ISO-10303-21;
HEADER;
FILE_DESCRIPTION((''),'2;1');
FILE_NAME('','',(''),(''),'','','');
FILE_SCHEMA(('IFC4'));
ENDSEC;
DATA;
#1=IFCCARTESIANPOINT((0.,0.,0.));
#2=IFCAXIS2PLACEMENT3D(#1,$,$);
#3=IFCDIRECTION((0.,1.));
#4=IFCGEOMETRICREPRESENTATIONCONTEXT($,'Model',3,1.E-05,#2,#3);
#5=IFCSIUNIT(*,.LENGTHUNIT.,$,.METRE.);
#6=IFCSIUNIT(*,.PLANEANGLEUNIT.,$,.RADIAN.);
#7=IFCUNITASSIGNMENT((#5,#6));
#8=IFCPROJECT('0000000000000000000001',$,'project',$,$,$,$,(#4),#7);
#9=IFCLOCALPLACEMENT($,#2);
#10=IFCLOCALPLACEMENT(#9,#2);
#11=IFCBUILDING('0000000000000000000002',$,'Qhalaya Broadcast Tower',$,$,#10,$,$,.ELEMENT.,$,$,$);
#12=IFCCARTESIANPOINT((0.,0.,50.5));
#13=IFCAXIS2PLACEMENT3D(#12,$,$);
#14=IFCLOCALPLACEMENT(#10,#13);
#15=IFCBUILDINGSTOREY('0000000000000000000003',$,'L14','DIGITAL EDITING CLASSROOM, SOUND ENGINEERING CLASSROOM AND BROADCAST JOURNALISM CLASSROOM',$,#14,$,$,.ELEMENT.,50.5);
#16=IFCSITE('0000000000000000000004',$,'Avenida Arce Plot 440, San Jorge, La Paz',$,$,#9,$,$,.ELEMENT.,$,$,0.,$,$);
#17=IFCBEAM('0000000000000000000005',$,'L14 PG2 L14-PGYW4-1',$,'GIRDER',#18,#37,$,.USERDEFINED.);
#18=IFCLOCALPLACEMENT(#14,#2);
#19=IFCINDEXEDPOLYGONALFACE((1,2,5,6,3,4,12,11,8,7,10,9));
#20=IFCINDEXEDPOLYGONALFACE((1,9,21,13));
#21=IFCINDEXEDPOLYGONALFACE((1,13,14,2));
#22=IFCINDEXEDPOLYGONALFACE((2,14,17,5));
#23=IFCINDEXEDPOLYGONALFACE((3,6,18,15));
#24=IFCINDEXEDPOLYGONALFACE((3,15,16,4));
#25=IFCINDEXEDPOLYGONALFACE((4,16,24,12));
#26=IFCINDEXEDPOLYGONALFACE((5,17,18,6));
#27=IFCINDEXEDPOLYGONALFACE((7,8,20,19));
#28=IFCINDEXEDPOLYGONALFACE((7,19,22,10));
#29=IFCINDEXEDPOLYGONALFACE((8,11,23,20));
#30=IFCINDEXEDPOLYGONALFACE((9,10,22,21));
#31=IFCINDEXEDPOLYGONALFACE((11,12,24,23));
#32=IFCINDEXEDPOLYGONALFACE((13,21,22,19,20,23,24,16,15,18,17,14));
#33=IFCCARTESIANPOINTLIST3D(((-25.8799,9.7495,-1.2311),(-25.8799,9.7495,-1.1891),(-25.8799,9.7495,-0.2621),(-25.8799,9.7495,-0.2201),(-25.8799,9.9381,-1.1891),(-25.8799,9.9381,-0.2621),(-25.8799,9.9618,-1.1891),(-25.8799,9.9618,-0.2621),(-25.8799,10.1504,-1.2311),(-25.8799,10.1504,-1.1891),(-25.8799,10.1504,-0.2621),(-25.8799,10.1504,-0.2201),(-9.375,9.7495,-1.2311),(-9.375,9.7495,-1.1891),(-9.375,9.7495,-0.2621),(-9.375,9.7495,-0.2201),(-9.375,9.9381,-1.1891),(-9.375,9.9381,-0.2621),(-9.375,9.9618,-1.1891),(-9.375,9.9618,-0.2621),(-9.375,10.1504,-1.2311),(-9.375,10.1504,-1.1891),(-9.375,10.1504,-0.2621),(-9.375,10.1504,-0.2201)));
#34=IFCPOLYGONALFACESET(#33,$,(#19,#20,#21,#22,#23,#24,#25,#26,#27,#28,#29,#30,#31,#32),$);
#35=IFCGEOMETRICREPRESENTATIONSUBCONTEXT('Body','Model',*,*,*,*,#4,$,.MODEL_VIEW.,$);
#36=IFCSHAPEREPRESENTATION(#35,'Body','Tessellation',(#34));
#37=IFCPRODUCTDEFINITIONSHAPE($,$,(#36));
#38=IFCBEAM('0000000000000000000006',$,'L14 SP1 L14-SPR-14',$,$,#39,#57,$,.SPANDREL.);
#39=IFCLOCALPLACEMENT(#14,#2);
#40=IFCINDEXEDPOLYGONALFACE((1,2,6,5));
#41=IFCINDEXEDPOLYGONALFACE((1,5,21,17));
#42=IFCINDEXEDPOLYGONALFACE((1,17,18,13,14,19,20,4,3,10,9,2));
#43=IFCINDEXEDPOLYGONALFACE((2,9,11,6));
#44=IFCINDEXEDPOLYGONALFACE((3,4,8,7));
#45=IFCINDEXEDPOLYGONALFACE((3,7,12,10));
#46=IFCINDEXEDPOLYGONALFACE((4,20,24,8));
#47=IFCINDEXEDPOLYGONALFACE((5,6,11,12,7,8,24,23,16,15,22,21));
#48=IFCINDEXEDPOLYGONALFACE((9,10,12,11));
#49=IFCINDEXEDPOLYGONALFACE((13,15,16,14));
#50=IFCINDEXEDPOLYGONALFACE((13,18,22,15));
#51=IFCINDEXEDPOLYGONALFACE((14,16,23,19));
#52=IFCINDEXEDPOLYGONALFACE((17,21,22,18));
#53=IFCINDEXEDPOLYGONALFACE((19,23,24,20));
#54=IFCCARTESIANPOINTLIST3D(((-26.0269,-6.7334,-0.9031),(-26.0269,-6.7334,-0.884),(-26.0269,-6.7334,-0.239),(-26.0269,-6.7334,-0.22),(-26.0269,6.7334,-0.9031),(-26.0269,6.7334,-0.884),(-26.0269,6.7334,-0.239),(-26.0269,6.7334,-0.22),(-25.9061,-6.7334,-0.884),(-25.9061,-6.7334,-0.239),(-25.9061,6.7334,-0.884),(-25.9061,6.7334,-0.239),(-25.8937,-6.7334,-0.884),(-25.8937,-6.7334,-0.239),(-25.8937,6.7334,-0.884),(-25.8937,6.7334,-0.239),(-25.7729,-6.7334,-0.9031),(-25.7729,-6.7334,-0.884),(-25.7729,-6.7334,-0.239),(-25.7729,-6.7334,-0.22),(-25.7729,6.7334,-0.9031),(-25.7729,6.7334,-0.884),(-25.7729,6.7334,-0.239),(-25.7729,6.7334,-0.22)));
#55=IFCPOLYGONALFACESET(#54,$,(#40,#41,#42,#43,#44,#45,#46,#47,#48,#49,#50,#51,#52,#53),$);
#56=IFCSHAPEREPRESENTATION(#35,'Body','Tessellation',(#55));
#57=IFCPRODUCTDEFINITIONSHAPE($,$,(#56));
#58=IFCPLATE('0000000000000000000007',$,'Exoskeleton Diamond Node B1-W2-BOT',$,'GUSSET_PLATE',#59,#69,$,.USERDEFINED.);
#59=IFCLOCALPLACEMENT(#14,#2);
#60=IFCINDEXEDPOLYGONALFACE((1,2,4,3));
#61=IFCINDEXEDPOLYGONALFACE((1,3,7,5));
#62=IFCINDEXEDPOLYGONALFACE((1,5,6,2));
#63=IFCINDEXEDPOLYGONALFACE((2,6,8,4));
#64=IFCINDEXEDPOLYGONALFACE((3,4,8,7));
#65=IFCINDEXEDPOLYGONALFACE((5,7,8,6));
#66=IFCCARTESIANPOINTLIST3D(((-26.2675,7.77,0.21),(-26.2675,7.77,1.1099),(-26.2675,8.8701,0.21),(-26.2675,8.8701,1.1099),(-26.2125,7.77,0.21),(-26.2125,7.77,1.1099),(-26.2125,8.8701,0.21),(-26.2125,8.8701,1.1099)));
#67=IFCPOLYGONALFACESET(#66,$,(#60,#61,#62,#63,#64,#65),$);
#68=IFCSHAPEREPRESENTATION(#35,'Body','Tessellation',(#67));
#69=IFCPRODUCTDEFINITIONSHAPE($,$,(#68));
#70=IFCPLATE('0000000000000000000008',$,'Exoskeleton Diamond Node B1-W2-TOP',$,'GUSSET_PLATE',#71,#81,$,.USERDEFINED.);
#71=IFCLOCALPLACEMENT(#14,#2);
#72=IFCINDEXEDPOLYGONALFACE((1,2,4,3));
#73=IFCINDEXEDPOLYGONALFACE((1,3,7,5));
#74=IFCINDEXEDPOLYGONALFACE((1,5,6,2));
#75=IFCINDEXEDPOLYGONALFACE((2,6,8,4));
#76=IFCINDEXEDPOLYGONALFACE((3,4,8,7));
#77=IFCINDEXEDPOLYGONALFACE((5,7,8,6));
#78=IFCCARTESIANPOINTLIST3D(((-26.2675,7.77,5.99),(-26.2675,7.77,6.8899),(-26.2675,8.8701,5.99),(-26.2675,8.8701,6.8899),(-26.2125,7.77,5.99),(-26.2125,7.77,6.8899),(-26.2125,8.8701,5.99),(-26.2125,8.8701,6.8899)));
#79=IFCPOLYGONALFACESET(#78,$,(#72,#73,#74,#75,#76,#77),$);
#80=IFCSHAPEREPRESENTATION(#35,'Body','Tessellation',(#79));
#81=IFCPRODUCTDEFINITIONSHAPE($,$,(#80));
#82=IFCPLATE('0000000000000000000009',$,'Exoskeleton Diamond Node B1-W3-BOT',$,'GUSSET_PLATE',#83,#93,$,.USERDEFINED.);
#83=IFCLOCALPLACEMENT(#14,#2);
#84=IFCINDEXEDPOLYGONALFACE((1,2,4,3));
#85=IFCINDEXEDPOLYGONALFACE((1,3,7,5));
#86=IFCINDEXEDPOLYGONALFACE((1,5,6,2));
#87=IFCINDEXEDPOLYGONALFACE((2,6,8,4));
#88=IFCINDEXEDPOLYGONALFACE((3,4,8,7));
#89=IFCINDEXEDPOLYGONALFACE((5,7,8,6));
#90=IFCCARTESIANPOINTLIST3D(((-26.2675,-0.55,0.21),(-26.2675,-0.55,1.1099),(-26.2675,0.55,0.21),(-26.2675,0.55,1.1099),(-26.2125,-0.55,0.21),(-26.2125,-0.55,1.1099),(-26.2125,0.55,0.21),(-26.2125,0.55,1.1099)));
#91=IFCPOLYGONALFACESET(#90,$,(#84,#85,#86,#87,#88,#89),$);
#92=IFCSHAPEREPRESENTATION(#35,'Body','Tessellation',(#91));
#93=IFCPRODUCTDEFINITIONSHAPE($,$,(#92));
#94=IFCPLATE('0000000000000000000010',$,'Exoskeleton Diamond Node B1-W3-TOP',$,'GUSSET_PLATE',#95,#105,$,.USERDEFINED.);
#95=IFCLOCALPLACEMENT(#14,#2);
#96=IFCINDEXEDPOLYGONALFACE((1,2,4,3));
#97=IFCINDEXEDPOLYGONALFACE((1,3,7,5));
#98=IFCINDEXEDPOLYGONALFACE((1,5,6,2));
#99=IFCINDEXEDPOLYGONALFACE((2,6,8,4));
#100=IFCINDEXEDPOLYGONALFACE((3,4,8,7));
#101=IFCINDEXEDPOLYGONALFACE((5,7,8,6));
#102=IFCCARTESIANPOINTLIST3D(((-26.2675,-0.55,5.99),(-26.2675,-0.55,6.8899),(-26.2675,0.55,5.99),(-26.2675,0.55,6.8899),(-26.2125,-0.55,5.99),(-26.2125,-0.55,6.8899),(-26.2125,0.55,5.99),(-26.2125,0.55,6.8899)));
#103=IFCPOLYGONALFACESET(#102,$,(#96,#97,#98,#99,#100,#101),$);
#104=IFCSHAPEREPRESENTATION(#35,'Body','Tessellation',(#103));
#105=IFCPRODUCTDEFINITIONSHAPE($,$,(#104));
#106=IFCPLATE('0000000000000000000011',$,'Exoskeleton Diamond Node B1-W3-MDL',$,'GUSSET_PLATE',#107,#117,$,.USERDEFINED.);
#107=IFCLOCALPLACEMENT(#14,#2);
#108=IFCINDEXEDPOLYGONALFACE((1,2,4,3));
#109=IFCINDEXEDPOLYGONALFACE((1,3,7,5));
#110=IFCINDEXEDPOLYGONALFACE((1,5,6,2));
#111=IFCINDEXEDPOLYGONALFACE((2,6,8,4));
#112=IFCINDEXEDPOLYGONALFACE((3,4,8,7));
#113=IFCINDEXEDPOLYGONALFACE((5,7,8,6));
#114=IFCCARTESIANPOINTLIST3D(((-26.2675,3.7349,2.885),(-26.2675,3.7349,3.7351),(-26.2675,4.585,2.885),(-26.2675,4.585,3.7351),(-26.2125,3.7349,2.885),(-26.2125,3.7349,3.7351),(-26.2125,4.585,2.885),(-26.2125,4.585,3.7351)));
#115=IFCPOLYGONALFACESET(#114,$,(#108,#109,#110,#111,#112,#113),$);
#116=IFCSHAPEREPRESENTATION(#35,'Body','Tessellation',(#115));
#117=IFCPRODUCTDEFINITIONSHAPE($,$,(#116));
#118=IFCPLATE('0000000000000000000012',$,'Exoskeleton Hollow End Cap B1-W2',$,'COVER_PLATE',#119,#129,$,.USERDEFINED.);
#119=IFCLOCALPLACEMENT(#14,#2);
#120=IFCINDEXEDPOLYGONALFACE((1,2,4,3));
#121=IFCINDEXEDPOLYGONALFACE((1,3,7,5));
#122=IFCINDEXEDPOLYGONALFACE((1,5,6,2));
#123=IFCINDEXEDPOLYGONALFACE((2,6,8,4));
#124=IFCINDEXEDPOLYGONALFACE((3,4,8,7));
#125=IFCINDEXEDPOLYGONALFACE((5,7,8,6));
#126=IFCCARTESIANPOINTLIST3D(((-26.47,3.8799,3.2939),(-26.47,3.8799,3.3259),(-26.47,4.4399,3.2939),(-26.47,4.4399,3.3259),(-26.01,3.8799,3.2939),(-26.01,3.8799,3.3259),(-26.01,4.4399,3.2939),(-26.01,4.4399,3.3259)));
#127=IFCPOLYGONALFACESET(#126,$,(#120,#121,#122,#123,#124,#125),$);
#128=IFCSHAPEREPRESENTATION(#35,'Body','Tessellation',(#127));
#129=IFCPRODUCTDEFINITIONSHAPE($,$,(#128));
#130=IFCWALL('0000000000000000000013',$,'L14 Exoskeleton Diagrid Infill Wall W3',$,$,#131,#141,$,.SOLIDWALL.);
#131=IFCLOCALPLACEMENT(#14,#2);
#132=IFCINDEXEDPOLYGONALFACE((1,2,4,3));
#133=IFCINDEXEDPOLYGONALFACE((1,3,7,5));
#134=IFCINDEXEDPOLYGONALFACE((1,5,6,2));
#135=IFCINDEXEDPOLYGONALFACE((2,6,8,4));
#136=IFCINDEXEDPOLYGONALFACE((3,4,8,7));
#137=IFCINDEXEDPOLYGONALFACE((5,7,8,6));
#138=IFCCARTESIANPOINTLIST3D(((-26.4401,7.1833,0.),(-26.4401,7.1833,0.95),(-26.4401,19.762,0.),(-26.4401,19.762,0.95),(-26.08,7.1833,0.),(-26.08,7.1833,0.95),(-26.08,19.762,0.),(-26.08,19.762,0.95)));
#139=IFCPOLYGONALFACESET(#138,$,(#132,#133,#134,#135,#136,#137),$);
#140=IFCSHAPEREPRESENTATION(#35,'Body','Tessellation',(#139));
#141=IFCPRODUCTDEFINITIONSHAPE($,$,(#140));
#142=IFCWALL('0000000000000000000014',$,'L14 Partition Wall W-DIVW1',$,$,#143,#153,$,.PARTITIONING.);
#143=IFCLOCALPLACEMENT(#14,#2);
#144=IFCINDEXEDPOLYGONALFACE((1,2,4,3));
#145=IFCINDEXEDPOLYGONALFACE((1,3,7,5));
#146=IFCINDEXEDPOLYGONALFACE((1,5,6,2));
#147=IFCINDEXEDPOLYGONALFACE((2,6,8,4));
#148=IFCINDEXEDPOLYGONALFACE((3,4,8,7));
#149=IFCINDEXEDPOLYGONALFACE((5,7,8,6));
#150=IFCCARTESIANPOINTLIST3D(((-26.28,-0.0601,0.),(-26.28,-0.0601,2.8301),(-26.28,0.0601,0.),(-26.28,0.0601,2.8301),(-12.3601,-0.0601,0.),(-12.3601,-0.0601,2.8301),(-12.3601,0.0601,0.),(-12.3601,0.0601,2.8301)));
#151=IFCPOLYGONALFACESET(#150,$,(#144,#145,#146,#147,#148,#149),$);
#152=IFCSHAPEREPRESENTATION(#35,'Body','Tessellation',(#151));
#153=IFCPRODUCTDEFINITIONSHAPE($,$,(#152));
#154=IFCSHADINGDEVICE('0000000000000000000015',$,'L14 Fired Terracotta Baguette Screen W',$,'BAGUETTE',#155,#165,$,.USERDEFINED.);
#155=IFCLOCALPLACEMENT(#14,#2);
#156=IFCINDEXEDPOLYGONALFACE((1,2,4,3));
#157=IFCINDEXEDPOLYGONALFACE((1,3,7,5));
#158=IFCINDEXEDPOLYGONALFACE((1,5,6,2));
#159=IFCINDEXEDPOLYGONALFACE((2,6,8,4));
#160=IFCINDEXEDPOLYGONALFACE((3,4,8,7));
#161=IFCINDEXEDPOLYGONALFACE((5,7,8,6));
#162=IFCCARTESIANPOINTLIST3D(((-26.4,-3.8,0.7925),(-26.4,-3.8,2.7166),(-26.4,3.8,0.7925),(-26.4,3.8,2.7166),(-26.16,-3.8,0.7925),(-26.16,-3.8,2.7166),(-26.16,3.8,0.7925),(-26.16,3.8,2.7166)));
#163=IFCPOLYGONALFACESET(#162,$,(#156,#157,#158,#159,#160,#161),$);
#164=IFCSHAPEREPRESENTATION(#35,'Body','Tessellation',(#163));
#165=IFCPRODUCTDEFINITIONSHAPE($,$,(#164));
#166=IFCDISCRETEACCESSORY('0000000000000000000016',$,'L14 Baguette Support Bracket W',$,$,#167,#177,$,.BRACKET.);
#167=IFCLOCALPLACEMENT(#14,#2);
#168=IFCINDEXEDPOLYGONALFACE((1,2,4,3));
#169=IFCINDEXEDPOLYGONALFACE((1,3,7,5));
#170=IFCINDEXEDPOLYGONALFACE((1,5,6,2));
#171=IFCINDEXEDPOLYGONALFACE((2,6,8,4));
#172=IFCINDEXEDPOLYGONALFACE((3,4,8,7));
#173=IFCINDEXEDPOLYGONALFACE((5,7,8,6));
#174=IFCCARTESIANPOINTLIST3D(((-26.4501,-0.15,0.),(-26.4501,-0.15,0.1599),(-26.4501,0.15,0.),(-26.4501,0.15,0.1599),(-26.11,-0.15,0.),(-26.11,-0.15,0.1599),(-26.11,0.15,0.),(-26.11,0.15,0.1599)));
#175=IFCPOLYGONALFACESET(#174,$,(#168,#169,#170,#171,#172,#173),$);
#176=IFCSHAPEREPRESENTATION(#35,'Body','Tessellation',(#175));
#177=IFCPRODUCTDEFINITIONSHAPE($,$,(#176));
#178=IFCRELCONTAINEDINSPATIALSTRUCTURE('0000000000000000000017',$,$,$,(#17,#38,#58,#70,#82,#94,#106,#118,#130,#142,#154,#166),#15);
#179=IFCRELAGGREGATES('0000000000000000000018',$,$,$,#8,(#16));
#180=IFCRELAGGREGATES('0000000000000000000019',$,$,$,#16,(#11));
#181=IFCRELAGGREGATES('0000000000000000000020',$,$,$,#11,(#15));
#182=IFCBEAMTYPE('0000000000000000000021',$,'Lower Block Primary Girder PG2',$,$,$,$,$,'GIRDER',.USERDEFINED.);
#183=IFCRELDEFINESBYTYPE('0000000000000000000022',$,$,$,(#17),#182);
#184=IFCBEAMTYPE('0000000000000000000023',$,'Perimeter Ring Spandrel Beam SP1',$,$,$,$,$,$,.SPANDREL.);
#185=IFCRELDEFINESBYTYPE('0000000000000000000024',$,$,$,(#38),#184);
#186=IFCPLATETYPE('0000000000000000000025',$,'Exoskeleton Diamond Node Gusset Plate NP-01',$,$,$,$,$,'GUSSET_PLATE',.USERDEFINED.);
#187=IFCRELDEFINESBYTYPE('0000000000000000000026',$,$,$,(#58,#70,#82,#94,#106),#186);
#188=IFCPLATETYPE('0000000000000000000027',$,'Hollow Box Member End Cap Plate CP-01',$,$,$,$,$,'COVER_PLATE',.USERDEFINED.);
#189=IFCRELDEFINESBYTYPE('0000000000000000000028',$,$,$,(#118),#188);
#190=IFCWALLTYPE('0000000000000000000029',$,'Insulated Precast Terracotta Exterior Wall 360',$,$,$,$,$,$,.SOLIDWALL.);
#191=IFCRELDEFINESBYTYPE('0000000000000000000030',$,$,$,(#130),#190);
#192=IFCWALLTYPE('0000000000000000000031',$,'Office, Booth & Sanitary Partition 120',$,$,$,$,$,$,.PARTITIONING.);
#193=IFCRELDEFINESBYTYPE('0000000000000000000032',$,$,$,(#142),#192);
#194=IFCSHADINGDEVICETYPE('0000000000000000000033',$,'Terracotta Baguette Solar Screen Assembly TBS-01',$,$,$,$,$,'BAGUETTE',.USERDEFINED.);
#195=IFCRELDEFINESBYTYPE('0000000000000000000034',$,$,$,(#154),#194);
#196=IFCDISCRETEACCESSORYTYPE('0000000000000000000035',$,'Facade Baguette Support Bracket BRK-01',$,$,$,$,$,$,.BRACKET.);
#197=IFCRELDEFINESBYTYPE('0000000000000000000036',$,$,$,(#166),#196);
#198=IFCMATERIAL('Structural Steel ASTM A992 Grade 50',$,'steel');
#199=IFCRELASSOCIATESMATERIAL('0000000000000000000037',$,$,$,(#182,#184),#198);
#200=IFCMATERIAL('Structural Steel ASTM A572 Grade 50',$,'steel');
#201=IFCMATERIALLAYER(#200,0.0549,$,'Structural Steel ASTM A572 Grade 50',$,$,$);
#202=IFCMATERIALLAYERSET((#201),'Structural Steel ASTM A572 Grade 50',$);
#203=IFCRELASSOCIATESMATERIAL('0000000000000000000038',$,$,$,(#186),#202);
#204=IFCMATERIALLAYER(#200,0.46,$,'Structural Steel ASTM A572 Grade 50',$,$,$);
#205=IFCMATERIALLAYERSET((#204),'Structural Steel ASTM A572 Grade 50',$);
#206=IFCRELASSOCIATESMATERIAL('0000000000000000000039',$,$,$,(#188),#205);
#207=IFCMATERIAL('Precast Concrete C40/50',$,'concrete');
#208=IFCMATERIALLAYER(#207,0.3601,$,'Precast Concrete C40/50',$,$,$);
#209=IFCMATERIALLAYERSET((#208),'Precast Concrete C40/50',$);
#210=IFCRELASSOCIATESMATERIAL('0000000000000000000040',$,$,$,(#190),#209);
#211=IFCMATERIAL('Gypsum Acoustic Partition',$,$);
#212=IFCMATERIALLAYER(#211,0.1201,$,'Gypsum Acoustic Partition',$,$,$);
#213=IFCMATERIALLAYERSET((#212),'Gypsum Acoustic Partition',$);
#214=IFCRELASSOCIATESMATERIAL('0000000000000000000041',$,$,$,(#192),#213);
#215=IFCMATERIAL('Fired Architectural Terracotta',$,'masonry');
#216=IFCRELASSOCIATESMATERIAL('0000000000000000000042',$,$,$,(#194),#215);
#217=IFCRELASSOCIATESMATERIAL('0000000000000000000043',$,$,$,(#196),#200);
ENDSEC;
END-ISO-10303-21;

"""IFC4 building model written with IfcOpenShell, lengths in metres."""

from ifc_helpers import new_model, si_unit, direction, frame, frame_2d, origin, origin_2d, place, context, subcontext, project, spatial, rectangle, i_section, extrude, material, layer, layer_set, material_profile, profile_set, type_object, element, save


model = new_model("IFC4")

# Units and contexts
model_context = context("Model", 3, precision=1e-05, world=origin(), true_north=direction((0.0, 1.0)))
body_context = subcontext(model_context, "Body", "Model", "MODEL_VIEW")
ifc_project = project(units=[si_unit("LENGTHUNIT", "METRE"), si_unit("PLANEANGLEUNIT", "RADIAN")], contexts=[model_context])

# Site, building, storey
site_placement = place(None, origin())
site = spatial("IfcSite", under=ifc_project, at=site_placement, Name="Avenida Arce Plot 440, San Jorge, La Paz", CompositionType="ELEMENT", RefElevation=0.0)
building_placement = place(site_placement, origin())
building = spatial("IfcBuilding", under=site, at=building_placement, Name="Qhalaya Broadcast Tower", CompositionType="ELEMENT")
storey_placement = place(building_placement, frame((0.0, 0.0, 50.5)))
storey = spatial("IfcBuildingStorey", under=building, at=storey_placement, Name="L14", Description="DIGITAL EDITING CLASSROOM, SOUND ENGINEERING CLASSROOM AND BROADCAST JOURNALISM CLASSROOM", CompositionType="ELEMENT", Elevation=50.5)

# Shared definitions
ifc_material_1 = material(Name="Structural Steel ASTM A572 Grade 50", Category="steel")

# Shared definitions
ifc_material_2 = material(Name="Structural Steel ASTM A992 Grade 50", Category="steel")

# Beams
ifc_material_profile_1 = material_profile(ifc_material_2, i_section(OverallWidth=0.4009, OverallDepth=1.011, WebThickness=0.0237, FlangeThickness=0.042, at=origin_2d()), Name="W40X297")
ifc_profile_set_1 = profile_set([ifc_material_profile_1], Name="Structural Steel ASTM A992 Grade 50")
beam_type_1 = type_object("IfcBeamType", Name="Lower Block Primary Girder PG2", ElementType="GIRDER", PredefinedType="USERDEFINED", material=ifc_profile_set_1)
for number, where, z_axis, x_axis, name in (
    (1, (-25.8799, 9.95, -0.7256), (1.0, 0.0, 0.0), (0.0, 1.0, 0.0), "L14 PG2 L14-PGYW4-1"),
):
    element("IfcBeam", number, at=place(storey_placement, frame(where, z_axis=z_axis, x_axis=x_axis)), inside=storey, type_object=beam_type_1, Name=name, ObjectType="GIRDER", PredefinedType="USERDEFINED", context=body_context, shape_type="SweptSolid", body=[
        extrude(i_section(OverallWidth=0.4009, OverallDepth=1.011, WebThickness=0.0237, FlangeThickness=0.042, at=origin_2d()), origin(), (0.0, 0.0, 1.0), 16.5049),
    ])
ifc_material_profile_2 = material_profile(ifc_material_2, i_section(OverallWidth=0.2539, OverallDepth=0.6831, WebThickness=0.0125, FlangeThickness=0.019, at=origin_2d()), Name="W27X94")
ifc_profile_set_2 = profile_set([ifc_material_profile_2], Name="Structural Steel ASTM A992 Grade 50")
beam_type_2 = type_object("IfcBeamType", Name="Perimeter Ring Spandrel Beam SP1", PredefinedType="SPANDREL", material=ifc_profile_set_2)
beam_placement = place(storey_placement, frame((-25.8999, 6.7334, -0.5615), z_axis=(0.0, -1.0, 0.0), x_axis=(1.0, 0.0, 0.0)))
element("IfcBeam", 2, at=beam_placement, inside=storey, type_object=beam_type_2, Name="L14 SP1 L14-SPR-14", PredefinedType="SPANDREL", context=body_context, shape_type="SweptSolid", body=[
    extrude(i_section(OverallWidth=0.2539, OverallDepth=0.6831, WebThickness=0.0125, FlangeThickness=0.019, at=origin_2d()), origin(), (0.0, 0.0, 1.0), 13.4668),
])

# Plates
ifc_layer_1 = layer(ifc_material_1, 0.0549, Name="Structural Steel ASTM A572 Grade 50")
ifc_layer_set_1 = layer_set([ifc_layer_1], Name="Structural Steel ASTM A572 Grade 50")
plate_type_1 = type_object("IfcPlateType", Name="Exoskeleton Diamond Node Gusset Plate NP-01", ElementType="GUSSET_PLATE", PredefinedType="USERDEFINED", material=ifc_layer_set_1)
for number, where, z_axis, x_axis, name in (
    (3, (-26.24, 8.3201, 0.21), (0.0, 0.0, 1.0), (0.0, 1.0, 0.0), "Exoskeleton Diamond Node B1-W2-BOT"),
    (4, (-26.24, 8.3201, 5.99), (0.0, 0.0, 1.0), (0.0, 1.0, 0.0), "Exoskeleton Diamond Node B1-W2-TOP"),
    (5, (-26.24, 0.0, 0.21), (0.0, 0.0, 1.0), (0.0, 1.0, 0.0), "Exoskeleton Diamond Node B1-W3-BOT"),
    (6, (-26.24, 0.0, 5.99), (0.0, 0.0, 1.0), (0.0, 1.0, 0.0), "Exoskeleton Diamond Node B1-W3-TOP"),
):
    element("IfcPlate", number, at=place(storey_placement, frame(where, z_axis=z_axis, x_axis=x_axis)), inside=storey, type_object=plate_type_1, Name=name, ObjectType="GUSSET_PLATE", PredefinedType="USERDEFINED", context=body_context, shape_type="SweptSolid", body=[
        extrude(rectangle(XDim=1.1001, YDim=0.0549, at=origin_2d()), origin(), (0.0, 0.0, 1.0), 0.8999),
    ])
plate_1_placement = place(storey_placement, frame((-26.24, 4.1599, 2.885), z_axis=(0.0, 0.0, 1.0), x_axis=(0.0, 1.0, 0.0)))
element("IfcPlate", 7, at=plate_1_placement, inside=storey, type_object=plate_type_1, Name="Exoskeleton Diamond Node B1-W3-MDL", ObjectType="GUSSET_PLATE", PredefinedType="USERDEFINED", context=body_context, shape_type="SweptSolid", body=[
    extrude(rectangle(XDim=0.8501, YDim=0.0549, at=origin_2d()), origin(), (0.0, 0.0, 1.0), 0.8501),
])
ifc_layer_2 = layer(ifc_material_1, 0.46, Name="Structural Steel ASTM A572 Grade 50")
ifc_layer_set_2 = layer_set([ifc_layer_2], Name="Structural Steel ASTM A572 Grade 50")
plate_type_2 = type_object("IfcPlateType", Name="Hollow Box Member End Cap Plate CP-01", ElementType="COVER_PLATE", PredefinedType="USERDEFINED", material=ifc_layer_set_2)
plate_2_placement = place(storey_placement, frame((-26.24, 4.1599, 3.2939), z_axis=(0.0, 0.0, 1.0), x_axis=(0.0, 1.0, 0.0)))
element("IfcPlate", 8, at=plate_2_placement, inside=storey, type_object=plate_type_2, Name="Exoskeleton Hollow End Cap B1-W2", ObjectType="COVER_PLATE", PredefinedType="USERDEFINED", context=body_context, shape_type="SweptSolid", body=[
    extrude(rectangle(XDim=0.5601, YDim=0.46, at=origin_2d()), origin(), (0.0, 0.0, 1.0), 0.032),
])

# Walls
ifc_material_3 = material(Name="Precast Concrete C40/50", Category="concrete")
ifc_layer_3 = layer(ifc_material_3, 0.3601, Name="Precast Concrete C40/50")
ifc_layer_set_3 = layer_set([ifc_layer_3], Name="Precast Concrete C40/50")
wall_type_1 = type_object("IfcWallType", Name="Insulated Precast Terracotta Exterior Wall 360", PredefinedType="SOLIDWALL", material=ifc_layer_set_3)
wall_1_placement = place(storey_placement, frame((-26.26, 7.1833, 0.0), z_axis=(0.0, 0.0, 1.0), x_axis=(0.0, 1.0, 0.0)))
element("IfcWall", 9, at=wall_1_placement, inside=storey, type_object=wall_type_1, Name="L14 Exoskeleton Diagrid Infill Wall W3", PredefinedType="SOLIDWALL", context=body_context, shape_type="SweptSolid", body=[
    extrude(rectangle(XDim=12.5786, YDim=0.3601, at=frame_2d((6.2893, 0.0))), origin(), (0.0, 0.0, 1.0), 0.95),
])
ifc_material_4 = material(Name="Gypsum Acoustic Partition")
ifc_layer_4 = layer(ifc_material_4, 0.1201, Name="Gypsum Acoustic Partition")
ifc_layer_set_4 = layer_set([ifc_layer_4], Name="Gypsum Acoustic Partition")
wall_type_2 = type_object("IfcWallType", Name="Office, Booth & Sanitary Partition 120", PredefinedType="PARTITIONING", material=ifc_layer_set_4)
wall_2_placement = place(storey_placement, frame((-26.28, 0.0, 0.0), z_axis=(0.0, 0.0, 1.0), x_axis=(1.0, 0.0, 0.0)))
element("IfcWall", 10, at=wall_2_placement, inside=storey, type_object=wall_type_2, Name="L14 Partition Wall W-DIVW1", PredefinedType="PARTITIONING", context=body_context, shape_type="SweptSolid", body=[
    extrude(rectangle(XDim=13.9199, YDim=0.1201, at=frame_2d((6.96, 0.0))), origin(), (0.0, 0.0, 1.0), 2.8301),
])

# Shading device
ifc_material_5 = material(Name="Fired Architectural Terracotta", Category="masonry")
shading_device_type = type_object("IfcShadingDeviceType", Name="Terracotta Baguette Solar Screen Assembly TBS-01", ElementType="BAGUETTE", PredefinedType="USERDEFINED", material=ifc_material_5)
shading_device_placement = place(storey_placement, frame((-26.28, 0.0, 0.7925), z_axis=(0.0, 0.0, 1.0), x_axis=(0.0, -1.0, 0.0)))
element("IfcShadingDevice", 11, at=shading_device_placement, inside=storey, type_object=shading_device_type, Name="L14 Fired Terracotta Baguette Screen W", ObjectType="BAGUETTE", PredefinedType="USERDEFINED", context=body_context, shape_type="SweptSolid", body=[
    extrude(rectangle(XDim=7.6001, YDim=0.24, at=origin_2d()), origin(), (0.0, 0.0, 1.0), 1.9241),
])

# Discrete accessory
discrete_accessory_type = type_object("IfcDiscreteAccessoryType", Name="Facade Baguette Support Bracket BRK-01", PredefinedType="BRACKET", material=ifc_material_1)
discrete_accessory_placement = place(storey_placement, frame((-26.28, 0.0, 0.0), z_axis=(0.0, 0.0, 1.0), x_axis=(0.0, -1.0, 0.0)))
element("IfcDiscreteAccessory", 12, at=discrete_accessory_placement, inside=storey, type_object=discrete_accessory_type, Name="L14 Baguette Support Bracket W", PredefinedType="BRACKET", context=body_context, shape_type="SweptSolid", body=[
    extrude(rectangle(XDim=0.3, YDim=0.3401, at=origin_2d()), origin(), (0.0, 0.0, 1.0), 0.1599),
])

save(model, "model.ifc")
